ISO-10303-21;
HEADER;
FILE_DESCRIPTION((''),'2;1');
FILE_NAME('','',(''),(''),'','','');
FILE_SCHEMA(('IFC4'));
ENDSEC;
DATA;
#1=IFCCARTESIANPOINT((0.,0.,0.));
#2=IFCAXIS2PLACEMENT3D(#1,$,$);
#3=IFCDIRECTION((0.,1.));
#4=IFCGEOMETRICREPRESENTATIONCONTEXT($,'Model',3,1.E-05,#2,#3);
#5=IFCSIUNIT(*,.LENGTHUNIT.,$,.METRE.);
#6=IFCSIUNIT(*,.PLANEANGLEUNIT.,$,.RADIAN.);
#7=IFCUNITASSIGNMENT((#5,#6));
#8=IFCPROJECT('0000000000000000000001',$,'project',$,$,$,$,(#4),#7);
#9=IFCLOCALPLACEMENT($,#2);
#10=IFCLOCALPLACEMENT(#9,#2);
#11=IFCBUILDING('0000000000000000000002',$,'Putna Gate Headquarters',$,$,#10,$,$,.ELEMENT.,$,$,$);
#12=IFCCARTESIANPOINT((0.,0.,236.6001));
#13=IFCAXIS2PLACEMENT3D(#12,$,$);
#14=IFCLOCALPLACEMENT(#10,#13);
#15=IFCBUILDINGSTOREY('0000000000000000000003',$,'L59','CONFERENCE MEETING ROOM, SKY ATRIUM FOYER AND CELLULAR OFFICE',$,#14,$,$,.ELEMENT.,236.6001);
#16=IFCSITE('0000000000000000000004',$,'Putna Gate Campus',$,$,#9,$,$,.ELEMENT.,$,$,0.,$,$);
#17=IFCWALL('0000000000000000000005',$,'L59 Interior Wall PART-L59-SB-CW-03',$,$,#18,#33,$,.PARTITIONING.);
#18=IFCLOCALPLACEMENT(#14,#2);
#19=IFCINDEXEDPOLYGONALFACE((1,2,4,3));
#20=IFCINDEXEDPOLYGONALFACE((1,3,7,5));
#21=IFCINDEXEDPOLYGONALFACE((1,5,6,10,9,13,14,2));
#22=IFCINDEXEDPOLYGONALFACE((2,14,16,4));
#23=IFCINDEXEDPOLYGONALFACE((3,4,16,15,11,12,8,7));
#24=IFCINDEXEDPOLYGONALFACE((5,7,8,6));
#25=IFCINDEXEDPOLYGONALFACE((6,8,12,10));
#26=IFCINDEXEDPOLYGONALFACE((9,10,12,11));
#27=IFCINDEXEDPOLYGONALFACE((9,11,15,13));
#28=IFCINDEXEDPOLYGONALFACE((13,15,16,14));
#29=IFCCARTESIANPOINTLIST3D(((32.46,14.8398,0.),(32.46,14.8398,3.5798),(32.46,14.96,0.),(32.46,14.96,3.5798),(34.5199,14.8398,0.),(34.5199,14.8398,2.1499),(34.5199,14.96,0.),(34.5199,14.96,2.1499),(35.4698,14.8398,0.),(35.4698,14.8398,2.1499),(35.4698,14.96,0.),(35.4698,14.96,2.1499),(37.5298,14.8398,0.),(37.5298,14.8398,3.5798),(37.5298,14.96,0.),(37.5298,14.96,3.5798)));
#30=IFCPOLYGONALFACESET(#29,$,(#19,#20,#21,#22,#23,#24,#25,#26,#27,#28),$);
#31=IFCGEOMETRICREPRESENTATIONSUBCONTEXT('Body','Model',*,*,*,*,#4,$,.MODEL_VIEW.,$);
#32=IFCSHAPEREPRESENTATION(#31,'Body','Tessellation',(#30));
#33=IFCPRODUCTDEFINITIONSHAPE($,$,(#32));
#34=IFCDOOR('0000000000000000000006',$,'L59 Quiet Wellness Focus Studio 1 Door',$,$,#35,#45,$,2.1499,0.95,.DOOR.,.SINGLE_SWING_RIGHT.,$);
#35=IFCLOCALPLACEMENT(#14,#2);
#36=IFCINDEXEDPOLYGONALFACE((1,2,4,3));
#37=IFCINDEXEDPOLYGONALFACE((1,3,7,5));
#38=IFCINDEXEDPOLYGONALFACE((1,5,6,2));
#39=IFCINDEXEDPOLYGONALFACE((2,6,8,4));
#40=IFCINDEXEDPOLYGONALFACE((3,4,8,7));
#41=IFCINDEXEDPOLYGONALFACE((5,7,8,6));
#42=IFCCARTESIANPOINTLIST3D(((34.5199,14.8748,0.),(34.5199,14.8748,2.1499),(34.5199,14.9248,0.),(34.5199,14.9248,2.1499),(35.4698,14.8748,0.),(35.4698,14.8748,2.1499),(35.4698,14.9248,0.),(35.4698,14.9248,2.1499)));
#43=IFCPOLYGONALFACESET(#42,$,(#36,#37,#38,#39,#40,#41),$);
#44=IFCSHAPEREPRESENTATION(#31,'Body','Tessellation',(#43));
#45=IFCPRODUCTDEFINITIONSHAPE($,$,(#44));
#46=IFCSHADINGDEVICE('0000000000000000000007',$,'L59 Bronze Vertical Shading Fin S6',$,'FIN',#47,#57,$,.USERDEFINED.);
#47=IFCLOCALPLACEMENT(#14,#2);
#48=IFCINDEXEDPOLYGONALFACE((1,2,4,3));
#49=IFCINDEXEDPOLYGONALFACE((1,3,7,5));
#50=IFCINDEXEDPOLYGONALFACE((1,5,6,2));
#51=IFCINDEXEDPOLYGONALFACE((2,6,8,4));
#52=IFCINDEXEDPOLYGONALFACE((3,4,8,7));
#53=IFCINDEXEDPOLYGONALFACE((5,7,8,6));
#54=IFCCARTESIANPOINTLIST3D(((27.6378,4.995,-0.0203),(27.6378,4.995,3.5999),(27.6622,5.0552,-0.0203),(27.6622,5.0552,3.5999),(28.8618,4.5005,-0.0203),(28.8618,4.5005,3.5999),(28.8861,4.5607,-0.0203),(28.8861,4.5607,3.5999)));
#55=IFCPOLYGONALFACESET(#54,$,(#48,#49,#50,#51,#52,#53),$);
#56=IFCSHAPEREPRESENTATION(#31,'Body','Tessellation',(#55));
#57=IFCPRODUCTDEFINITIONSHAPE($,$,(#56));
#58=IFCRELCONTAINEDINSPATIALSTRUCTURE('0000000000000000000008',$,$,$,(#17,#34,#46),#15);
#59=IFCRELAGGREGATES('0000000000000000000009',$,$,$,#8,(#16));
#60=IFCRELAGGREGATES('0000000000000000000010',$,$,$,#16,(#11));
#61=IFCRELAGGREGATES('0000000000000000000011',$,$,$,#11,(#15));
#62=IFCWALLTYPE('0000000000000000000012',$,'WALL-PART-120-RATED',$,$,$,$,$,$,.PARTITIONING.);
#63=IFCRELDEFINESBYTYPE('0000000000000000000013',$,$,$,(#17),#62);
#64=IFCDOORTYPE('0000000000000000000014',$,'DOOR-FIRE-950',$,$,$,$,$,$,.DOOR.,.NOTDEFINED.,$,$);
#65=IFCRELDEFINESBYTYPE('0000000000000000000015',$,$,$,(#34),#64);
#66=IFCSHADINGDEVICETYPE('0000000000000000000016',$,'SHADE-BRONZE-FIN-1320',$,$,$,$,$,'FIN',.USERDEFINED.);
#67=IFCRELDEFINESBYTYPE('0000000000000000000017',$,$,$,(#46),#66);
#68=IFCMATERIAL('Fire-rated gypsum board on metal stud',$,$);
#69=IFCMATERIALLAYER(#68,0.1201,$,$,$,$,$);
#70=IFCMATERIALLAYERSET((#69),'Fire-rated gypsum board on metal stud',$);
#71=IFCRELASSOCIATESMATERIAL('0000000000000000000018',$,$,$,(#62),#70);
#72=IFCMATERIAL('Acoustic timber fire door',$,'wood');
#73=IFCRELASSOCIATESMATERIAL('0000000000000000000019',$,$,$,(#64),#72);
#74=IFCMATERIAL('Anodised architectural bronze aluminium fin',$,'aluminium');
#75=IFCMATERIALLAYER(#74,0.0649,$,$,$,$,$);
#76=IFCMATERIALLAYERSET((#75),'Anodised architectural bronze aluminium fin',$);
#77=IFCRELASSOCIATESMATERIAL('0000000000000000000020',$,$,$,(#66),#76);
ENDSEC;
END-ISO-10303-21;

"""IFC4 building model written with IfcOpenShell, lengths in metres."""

from ifc_helpers import new_model, si_unit, direction, frame, frame_2d, origin, origin_2d, place, context, subcontext, project, spatial, rectangle, extrude, material, layer, layer_set, type_object, element, fill, save


model = new_model("IFC4")

# Units and contexts
model_context = context("Model", 3, precision=1e-05, world=origin(), true_north=direction((0.0, 1.0)))
body_context = subcontext(model_context, "Body", "Model", "MODEL_VIEW")
ifc_project = project(units=[si_unit("LENGTHUNIT", "METRE"), si_unit("PLANEANGLEUNIT", "RADIAN")], contexts=[model_context])

# Site, building, storey
site_placement = place(None, origin())
site = spatial("IfcSite", under=ifc_project, at=site_placement, Name="Putna Gate Campus", CompositionType="ELEMENT", RefElevation=0.0)
building_placement = place(site_placement, origin())
building = spatial("IfcBuilding", under=site, at=building_placement, Name="Putna Gate Headquarters", CompositionType="ELEMENT")
storey_placement = place(building_placement, frame((0.0, 0.0, 236.6001)))
storey = spatial("IfcBuildingStorey", under=building, at=storey_placement, Name="L59", Description="CONFERENCE MEETING ROOM, SKY ATRIUM FOYER AND CELLULAR OFFICE", CompositionType="ELEMENT", Elevation=236.6001)

# Wall, opening, door
ifc_material_1 = material(Name="Fire-rated gypsum board on metal stud")
ifc_layer_1 = layer(ifc_material_1, 0.1201)
ifc_layer_set_1 = layer_set([ifc_layer_1], Name="Fire-rated gypsum board on metal stud")
wall_type_1 = type_object("IfcWallType", Name="WALL-PART-120-RATED", PredefinedType="PARTITIONING", material=ifc_layer_set_1)
ifc_material_2 = material(Name="Acoustic timber fire door", Category="wood")
door_type = type_object("IfcDoorType", Name="DOOR-FIRE-950", OperationType="NOTDEFINED", PredefinedType="DOOR", material=ifc_material_2)
wall_1_placement = place(storey_placement, frame((32.46, 14.8999, 0.0), z_axis=(0.0, 0.0, 1.0), x_axis=(1.0, 0.0, 0.0)))
wall_1 = element("IfcWall", 1, at=wall_1_placement, inside=storey, type_object=wall_type_1, Name="L59 Interior Wall PART-L59-SB-CW-03", PredefinedType="PARTITIONING", context=body_context, shape_type="SweptSolid", body=[
    extrude(rectangle(XDim=5.0698, YDim=0.1201, at=frame_2d((2.5349, 0.0))), origin(), (0.0, 0.0, 1.0), 3.5798),
])
opening_1_placement = place(wall_1_placement, frame((2.0598, 0.0, 0.0)))
opening_1 = element("IfcOpeningElement", 2, at=opening_1_placement, cuts=wall_1, PredefinedType="OPENING", context=body_context, shape_type="SweptSolid", body=[
    extrude(rectangle(XDim=0.95, YDim=2.1499, at=frame_2d((0.4751, 1.075))), frame((0.0, 0.0701, 0.0), z_axis=(0.0, -1.0, 0.0), x_axis=(1.0, 0.0, 0.0)), (0.0, 0.0, 1.0), 0.1401),
])
door_1_placement = place(opening_1_placement, origin())
door_1 = element("IfcDoor", 3, at=door_1_placement, inside=storey, type_object=door_type, Name="L59 Quiet Wellness Focus Studio 1 Door", OperationType="SINGLE_SWING_RIGHT", OverallHeight=2.1499, OverallWidth=0.95, PredefinedType="DOOR", context=body_context, shape_type="SweptSolid", body=[
    extrude(rectangle(XDim=0.95, YDim=2.1499, at=frame_2d((0.4751, 1.075))), frame((0.0, 0.0249, 0.0), z_axis=(0.0, -1.0, 0.0), x_axis=(1.0, 0.0, 0.0)), (0.0, 0.0, 1.0), 0.05),
])
fill(opening_1, door_1)

# Shading device
ifc_material_3 = material(Name="Anodised architectural bronze aluminium fin", Category="aluminium")
ifc_layer_2 = layer(ifc_material_3, 0.0649)
ifc_layer_set_2 = layer_set([ifc_layer_2], Name="Anodised architectural bronze aluminium fin")
shading_device_type = type_object("IfcShadingDeviceType", Name="SHADE-BRONZE-FIN-1320", ElementType="FIN", PredefinedType="USERDEFINED", material=ifc_layer_set_2)
shading_device_placement = place(storey_placement, frame((28.262, 4.7778, -0.0203), z_axis=(0.0, 0.0, 1.0), x_axis=(0.927184, -0.374607, 0.0)))
element("IfcShadingDevice", 4, at=shading_device_placement, inside=storey, type_object=shading_device_type, Name="L59 Bronze Vertical Shading Fin S6", ObjectType="FIN", PredefinedType="USERDEFINED", context=body_context, shape_type="SweptSolid", body=[
    extrude(rectangle(XDim=1.3201, YDim=0.0649, at=origin_2d()), origin(), (0.0, 0.0, 1.0), 3.6201),
])

save(model, "model.ifc")
